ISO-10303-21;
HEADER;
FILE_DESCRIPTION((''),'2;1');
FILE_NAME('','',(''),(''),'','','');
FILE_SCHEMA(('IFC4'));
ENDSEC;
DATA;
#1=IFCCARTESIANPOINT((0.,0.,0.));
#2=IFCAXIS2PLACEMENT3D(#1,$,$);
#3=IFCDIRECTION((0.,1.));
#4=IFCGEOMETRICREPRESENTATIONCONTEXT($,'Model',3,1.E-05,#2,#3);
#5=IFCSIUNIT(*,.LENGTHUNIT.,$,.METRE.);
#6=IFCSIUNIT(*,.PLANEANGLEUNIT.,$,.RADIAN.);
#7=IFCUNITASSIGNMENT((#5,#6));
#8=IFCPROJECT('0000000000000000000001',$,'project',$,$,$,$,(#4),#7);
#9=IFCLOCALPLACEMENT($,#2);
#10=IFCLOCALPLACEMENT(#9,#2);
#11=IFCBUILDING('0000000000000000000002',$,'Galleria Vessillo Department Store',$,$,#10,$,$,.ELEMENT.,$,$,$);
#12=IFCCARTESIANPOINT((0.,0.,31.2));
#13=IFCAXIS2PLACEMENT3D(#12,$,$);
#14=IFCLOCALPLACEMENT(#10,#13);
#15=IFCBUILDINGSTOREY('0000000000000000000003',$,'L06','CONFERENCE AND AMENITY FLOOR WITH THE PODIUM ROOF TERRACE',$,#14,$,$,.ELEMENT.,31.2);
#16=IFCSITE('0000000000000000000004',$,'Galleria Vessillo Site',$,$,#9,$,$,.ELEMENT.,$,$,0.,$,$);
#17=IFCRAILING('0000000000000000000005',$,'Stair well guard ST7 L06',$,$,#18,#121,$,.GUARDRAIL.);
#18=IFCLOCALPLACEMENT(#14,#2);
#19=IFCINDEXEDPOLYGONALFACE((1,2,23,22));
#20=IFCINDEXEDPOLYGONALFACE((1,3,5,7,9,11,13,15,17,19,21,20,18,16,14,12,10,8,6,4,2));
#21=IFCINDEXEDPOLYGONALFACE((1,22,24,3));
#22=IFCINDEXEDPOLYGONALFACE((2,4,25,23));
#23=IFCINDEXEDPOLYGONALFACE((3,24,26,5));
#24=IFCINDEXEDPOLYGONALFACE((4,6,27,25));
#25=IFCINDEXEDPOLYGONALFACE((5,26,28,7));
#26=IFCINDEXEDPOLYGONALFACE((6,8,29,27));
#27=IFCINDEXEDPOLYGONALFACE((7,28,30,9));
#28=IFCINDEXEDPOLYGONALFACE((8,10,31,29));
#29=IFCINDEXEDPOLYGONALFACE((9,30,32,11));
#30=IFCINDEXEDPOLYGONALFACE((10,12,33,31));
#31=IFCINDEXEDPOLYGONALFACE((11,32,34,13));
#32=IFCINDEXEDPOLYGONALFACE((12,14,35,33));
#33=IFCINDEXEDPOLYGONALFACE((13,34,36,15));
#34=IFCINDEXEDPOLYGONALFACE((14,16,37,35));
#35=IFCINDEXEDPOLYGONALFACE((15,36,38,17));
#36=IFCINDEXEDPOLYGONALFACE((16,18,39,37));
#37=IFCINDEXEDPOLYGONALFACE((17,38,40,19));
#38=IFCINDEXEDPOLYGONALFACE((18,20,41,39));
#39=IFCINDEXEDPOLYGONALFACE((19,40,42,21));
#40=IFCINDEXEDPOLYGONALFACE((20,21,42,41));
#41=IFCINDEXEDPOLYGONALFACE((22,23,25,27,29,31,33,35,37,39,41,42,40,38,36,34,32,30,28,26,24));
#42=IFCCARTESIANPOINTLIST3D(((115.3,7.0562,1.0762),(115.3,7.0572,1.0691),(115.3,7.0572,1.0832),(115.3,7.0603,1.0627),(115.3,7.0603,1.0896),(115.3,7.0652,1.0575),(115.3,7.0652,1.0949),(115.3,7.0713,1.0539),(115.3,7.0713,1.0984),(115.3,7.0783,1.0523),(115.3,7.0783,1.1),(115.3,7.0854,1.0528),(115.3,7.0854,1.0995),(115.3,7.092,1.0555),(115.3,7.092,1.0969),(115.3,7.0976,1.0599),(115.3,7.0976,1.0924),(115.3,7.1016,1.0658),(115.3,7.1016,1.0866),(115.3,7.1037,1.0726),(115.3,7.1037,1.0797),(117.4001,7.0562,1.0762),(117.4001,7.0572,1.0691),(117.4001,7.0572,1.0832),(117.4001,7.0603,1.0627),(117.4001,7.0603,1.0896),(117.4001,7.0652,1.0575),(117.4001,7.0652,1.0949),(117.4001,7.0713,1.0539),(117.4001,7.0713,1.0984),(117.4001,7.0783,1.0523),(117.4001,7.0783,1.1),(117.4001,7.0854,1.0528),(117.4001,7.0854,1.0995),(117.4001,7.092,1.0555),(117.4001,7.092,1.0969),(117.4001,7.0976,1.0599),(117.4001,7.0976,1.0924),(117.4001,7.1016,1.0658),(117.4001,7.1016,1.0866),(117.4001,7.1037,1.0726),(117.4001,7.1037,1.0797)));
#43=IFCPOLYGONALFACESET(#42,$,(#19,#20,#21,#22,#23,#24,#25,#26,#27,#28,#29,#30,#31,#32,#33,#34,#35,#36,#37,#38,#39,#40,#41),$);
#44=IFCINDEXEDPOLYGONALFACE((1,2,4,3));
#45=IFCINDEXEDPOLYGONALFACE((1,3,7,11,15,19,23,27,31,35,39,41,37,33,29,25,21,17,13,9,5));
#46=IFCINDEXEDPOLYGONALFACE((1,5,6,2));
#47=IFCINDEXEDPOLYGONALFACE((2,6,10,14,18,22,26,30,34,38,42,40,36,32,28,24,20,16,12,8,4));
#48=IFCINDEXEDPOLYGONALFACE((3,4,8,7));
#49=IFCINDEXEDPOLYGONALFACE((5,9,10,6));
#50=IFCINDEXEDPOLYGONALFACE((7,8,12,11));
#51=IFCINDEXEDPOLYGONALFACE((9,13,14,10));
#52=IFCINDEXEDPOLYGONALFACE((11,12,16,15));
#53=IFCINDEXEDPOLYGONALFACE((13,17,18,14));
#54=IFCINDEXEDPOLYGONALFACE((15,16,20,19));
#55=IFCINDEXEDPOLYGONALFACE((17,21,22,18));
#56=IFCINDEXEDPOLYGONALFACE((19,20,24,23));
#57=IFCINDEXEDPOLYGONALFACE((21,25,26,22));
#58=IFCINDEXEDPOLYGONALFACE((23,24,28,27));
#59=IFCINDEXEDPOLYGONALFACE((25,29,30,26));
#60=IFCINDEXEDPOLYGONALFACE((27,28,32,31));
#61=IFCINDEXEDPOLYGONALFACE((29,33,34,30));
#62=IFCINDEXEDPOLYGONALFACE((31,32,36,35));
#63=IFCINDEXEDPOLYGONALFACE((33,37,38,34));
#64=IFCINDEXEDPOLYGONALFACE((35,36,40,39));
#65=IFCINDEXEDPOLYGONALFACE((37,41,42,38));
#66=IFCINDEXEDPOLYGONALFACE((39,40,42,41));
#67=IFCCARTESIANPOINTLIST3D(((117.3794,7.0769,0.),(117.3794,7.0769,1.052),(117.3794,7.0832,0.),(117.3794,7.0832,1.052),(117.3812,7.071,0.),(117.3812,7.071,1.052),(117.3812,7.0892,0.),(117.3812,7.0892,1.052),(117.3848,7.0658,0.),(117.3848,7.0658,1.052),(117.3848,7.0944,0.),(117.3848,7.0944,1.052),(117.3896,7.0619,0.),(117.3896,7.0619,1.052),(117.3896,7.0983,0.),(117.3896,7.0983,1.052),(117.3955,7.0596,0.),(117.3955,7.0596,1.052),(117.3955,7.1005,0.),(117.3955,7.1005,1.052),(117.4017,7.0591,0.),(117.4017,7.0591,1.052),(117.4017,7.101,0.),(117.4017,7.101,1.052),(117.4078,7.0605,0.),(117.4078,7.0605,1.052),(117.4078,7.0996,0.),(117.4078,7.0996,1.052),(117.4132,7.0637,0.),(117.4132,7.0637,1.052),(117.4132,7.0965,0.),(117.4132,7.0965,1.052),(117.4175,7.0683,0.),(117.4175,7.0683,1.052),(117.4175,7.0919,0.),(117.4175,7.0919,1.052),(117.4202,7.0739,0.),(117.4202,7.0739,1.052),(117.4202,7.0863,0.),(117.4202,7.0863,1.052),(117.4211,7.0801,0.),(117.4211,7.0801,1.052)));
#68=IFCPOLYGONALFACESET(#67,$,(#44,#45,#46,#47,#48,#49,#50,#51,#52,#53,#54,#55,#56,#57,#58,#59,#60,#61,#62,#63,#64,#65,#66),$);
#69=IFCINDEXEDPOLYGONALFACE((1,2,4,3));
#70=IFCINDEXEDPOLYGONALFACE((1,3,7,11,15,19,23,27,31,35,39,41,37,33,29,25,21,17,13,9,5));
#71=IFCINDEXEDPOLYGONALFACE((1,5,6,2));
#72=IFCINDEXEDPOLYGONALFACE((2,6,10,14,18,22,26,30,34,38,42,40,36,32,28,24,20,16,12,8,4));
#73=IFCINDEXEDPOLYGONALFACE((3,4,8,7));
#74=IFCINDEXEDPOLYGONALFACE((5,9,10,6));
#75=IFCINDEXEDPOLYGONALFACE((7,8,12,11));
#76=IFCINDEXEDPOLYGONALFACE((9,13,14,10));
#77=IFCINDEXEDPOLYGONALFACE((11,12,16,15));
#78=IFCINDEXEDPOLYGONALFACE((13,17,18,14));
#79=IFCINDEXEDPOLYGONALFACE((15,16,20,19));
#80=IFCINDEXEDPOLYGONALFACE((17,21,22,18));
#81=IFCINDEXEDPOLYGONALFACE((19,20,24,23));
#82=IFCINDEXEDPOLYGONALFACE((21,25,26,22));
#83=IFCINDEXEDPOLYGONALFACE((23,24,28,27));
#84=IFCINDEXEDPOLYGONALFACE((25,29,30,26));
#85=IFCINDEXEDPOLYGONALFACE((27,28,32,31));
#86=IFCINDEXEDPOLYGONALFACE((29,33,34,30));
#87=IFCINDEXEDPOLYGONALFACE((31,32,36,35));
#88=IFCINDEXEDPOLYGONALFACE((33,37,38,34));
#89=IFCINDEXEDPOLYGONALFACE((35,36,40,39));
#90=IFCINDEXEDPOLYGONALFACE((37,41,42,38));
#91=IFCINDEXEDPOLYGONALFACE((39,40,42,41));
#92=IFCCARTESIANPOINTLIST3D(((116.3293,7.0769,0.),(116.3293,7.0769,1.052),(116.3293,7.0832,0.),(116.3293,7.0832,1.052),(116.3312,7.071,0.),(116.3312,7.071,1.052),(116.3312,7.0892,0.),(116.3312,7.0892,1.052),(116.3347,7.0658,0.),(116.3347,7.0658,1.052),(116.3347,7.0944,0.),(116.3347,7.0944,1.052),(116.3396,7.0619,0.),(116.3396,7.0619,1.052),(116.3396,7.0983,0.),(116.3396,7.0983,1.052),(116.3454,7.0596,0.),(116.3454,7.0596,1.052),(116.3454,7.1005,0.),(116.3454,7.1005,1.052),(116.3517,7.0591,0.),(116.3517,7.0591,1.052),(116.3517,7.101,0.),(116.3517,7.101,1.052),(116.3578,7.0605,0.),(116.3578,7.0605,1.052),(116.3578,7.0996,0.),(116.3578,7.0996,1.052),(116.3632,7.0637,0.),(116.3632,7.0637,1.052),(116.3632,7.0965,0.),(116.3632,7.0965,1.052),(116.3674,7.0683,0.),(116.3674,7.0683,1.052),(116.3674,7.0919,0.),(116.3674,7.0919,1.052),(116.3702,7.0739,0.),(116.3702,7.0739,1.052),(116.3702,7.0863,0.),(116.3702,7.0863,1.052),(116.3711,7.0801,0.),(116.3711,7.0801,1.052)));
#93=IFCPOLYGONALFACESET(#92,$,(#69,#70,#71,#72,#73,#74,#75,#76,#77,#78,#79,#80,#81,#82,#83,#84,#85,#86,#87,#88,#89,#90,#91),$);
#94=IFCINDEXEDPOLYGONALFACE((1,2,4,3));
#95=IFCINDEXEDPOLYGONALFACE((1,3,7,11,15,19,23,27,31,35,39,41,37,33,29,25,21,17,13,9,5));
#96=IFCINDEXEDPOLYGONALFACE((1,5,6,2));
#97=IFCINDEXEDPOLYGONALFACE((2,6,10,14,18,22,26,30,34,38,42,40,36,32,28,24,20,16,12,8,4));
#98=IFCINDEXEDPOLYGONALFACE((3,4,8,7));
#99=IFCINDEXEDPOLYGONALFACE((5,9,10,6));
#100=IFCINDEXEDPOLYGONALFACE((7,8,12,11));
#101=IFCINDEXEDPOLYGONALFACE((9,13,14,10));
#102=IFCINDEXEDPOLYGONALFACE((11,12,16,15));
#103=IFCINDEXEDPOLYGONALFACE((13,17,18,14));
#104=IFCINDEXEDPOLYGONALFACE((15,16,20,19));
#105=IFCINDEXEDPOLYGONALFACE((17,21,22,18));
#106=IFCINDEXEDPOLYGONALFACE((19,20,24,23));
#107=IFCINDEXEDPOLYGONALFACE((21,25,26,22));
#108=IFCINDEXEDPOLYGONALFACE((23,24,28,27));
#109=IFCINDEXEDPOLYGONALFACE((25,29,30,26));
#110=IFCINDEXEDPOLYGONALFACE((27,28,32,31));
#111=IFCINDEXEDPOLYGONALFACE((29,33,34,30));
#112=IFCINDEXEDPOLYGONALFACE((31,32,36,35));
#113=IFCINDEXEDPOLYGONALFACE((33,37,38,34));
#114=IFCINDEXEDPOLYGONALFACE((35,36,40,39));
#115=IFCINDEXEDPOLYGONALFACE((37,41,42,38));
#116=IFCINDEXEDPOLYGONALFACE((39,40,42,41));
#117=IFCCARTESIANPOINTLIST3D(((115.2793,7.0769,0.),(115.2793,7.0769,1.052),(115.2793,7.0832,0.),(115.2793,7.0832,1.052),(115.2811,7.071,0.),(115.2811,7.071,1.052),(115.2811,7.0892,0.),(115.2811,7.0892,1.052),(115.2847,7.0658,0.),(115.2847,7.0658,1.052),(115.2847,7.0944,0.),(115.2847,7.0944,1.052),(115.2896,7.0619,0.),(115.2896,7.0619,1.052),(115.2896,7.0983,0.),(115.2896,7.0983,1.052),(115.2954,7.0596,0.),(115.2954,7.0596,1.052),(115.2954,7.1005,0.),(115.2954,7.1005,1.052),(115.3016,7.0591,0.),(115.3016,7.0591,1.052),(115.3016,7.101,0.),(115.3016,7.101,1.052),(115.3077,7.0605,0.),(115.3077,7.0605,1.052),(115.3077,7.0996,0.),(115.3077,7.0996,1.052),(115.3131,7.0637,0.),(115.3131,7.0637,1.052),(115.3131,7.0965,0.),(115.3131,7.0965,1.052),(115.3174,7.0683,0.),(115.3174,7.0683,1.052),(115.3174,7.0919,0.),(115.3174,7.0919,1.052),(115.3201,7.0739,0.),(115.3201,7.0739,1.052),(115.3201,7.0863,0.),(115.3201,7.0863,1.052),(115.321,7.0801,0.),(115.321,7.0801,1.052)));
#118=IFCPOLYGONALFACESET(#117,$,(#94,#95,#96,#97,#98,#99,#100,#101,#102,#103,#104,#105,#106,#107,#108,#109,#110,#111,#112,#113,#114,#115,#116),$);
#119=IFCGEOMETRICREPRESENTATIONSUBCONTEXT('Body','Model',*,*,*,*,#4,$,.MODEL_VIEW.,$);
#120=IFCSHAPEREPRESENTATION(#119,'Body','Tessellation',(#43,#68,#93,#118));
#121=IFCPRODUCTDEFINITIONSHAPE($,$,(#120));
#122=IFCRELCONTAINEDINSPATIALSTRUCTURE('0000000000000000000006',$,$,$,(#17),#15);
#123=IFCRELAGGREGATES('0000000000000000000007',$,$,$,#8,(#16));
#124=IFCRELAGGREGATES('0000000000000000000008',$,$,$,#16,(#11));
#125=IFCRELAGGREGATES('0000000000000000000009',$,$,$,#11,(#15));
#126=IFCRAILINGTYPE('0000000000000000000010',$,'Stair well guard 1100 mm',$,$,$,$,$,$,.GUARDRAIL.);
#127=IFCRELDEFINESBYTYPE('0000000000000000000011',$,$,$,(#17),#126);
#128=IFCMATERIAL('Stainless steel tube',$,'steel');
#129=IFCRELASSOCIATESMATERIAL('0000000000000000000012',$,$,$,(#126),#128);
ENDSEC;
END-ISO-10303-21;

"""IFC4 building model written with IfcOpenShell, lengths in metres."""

from ifc_helpers import new_model, si_unit, direction, frame, origin, origin_2d, place, context, subcontext, project, spatial, circle, extrude, material, type_object, element, save


model = new_model("IFC4")

# Units and contexts
model_context = context("Model", 3, precision=1e-05, world=origin(), true_north=direction((0.0, 1.0)))
body_context = subcontext(model_context, "Body", "Model", "MODEL_VIEW")
ifc_project = project(units=[si_unit("LENGTHUNIT", "METRE"), si_unit("PLANEANGLEUNIT", "RADIAN")], contexts=[model_context])

# Site, building, storey
site_placement = place(None, origin())
site = spatial("IfcSite", under=ifc_project, at=site_placement, Name="Galleria Vessillo Site", CompositionType="ELEMENT", RefElevation=0.0)
building_placement = place(site_placement, origin())
building = spatial("IfcBuilding", under=site, at=building_placement, Name="Galleria Vessillo Department Store", CompositionType="ELEMENT")
storey_placement = place(building_placement, frame((0.0, 0.0, 31.2)))
storey = spatial("IfcBuildingStorey", under=building, at=storey_placement, Name="L06", Description="CONFERENCE AND AMENITY FLOOR WITH THE PODIUM ROOF TERRACE", CompositionType="ELEMENT", Elevation=31.2)

# Railing
ifc_material_1 = material(Name="Stainless steel tube", Category="steel")
railing_type_1 = type_object("IfcRailingType", Name="Stair well guard 1100 mm", PredefinedType="GUARDRAIL", material=ifc_material_1)
railing_1_placement = place(storey_placement, frame((117.4001, 7.0801, 0.0)))
element("IfcRailing", 1, at=railing_1_placement, inside=storey, type_object=railing_type_1, Name="Stair well guard ST7 L06", PredefinedType="GUARDRAIL", context=body_context, shape_type="SweptSolid", body=[
    extrude(circle(Radius=0.0239, at=origin_2d()), frame((0.0, 0.0, 1.0762), z_axis=(-1.0, 0.0, 0.0), x_axis=(0.0, -1.0, 0.0)), (0.0, 0.0, 1.0), 2.1001),
    extrude(circle(Radius=0.021, at=origin_2d()), origin(), (0.0, 0.0, 1.0), 1.052),
    extrude(circle(Radius=0.021, at=origin_2d()), frame((-1.05, 0.0, 0.0)), (0.0, 0.0, 1.0), 1.052),
    extrude(circle(Radius=0.021, at=origin_2d()), frame((-2.1001, 0.0, 0.0)), (0.0, 0.0, 1.0), 1.052),
])

save(model, "model.ifc")
